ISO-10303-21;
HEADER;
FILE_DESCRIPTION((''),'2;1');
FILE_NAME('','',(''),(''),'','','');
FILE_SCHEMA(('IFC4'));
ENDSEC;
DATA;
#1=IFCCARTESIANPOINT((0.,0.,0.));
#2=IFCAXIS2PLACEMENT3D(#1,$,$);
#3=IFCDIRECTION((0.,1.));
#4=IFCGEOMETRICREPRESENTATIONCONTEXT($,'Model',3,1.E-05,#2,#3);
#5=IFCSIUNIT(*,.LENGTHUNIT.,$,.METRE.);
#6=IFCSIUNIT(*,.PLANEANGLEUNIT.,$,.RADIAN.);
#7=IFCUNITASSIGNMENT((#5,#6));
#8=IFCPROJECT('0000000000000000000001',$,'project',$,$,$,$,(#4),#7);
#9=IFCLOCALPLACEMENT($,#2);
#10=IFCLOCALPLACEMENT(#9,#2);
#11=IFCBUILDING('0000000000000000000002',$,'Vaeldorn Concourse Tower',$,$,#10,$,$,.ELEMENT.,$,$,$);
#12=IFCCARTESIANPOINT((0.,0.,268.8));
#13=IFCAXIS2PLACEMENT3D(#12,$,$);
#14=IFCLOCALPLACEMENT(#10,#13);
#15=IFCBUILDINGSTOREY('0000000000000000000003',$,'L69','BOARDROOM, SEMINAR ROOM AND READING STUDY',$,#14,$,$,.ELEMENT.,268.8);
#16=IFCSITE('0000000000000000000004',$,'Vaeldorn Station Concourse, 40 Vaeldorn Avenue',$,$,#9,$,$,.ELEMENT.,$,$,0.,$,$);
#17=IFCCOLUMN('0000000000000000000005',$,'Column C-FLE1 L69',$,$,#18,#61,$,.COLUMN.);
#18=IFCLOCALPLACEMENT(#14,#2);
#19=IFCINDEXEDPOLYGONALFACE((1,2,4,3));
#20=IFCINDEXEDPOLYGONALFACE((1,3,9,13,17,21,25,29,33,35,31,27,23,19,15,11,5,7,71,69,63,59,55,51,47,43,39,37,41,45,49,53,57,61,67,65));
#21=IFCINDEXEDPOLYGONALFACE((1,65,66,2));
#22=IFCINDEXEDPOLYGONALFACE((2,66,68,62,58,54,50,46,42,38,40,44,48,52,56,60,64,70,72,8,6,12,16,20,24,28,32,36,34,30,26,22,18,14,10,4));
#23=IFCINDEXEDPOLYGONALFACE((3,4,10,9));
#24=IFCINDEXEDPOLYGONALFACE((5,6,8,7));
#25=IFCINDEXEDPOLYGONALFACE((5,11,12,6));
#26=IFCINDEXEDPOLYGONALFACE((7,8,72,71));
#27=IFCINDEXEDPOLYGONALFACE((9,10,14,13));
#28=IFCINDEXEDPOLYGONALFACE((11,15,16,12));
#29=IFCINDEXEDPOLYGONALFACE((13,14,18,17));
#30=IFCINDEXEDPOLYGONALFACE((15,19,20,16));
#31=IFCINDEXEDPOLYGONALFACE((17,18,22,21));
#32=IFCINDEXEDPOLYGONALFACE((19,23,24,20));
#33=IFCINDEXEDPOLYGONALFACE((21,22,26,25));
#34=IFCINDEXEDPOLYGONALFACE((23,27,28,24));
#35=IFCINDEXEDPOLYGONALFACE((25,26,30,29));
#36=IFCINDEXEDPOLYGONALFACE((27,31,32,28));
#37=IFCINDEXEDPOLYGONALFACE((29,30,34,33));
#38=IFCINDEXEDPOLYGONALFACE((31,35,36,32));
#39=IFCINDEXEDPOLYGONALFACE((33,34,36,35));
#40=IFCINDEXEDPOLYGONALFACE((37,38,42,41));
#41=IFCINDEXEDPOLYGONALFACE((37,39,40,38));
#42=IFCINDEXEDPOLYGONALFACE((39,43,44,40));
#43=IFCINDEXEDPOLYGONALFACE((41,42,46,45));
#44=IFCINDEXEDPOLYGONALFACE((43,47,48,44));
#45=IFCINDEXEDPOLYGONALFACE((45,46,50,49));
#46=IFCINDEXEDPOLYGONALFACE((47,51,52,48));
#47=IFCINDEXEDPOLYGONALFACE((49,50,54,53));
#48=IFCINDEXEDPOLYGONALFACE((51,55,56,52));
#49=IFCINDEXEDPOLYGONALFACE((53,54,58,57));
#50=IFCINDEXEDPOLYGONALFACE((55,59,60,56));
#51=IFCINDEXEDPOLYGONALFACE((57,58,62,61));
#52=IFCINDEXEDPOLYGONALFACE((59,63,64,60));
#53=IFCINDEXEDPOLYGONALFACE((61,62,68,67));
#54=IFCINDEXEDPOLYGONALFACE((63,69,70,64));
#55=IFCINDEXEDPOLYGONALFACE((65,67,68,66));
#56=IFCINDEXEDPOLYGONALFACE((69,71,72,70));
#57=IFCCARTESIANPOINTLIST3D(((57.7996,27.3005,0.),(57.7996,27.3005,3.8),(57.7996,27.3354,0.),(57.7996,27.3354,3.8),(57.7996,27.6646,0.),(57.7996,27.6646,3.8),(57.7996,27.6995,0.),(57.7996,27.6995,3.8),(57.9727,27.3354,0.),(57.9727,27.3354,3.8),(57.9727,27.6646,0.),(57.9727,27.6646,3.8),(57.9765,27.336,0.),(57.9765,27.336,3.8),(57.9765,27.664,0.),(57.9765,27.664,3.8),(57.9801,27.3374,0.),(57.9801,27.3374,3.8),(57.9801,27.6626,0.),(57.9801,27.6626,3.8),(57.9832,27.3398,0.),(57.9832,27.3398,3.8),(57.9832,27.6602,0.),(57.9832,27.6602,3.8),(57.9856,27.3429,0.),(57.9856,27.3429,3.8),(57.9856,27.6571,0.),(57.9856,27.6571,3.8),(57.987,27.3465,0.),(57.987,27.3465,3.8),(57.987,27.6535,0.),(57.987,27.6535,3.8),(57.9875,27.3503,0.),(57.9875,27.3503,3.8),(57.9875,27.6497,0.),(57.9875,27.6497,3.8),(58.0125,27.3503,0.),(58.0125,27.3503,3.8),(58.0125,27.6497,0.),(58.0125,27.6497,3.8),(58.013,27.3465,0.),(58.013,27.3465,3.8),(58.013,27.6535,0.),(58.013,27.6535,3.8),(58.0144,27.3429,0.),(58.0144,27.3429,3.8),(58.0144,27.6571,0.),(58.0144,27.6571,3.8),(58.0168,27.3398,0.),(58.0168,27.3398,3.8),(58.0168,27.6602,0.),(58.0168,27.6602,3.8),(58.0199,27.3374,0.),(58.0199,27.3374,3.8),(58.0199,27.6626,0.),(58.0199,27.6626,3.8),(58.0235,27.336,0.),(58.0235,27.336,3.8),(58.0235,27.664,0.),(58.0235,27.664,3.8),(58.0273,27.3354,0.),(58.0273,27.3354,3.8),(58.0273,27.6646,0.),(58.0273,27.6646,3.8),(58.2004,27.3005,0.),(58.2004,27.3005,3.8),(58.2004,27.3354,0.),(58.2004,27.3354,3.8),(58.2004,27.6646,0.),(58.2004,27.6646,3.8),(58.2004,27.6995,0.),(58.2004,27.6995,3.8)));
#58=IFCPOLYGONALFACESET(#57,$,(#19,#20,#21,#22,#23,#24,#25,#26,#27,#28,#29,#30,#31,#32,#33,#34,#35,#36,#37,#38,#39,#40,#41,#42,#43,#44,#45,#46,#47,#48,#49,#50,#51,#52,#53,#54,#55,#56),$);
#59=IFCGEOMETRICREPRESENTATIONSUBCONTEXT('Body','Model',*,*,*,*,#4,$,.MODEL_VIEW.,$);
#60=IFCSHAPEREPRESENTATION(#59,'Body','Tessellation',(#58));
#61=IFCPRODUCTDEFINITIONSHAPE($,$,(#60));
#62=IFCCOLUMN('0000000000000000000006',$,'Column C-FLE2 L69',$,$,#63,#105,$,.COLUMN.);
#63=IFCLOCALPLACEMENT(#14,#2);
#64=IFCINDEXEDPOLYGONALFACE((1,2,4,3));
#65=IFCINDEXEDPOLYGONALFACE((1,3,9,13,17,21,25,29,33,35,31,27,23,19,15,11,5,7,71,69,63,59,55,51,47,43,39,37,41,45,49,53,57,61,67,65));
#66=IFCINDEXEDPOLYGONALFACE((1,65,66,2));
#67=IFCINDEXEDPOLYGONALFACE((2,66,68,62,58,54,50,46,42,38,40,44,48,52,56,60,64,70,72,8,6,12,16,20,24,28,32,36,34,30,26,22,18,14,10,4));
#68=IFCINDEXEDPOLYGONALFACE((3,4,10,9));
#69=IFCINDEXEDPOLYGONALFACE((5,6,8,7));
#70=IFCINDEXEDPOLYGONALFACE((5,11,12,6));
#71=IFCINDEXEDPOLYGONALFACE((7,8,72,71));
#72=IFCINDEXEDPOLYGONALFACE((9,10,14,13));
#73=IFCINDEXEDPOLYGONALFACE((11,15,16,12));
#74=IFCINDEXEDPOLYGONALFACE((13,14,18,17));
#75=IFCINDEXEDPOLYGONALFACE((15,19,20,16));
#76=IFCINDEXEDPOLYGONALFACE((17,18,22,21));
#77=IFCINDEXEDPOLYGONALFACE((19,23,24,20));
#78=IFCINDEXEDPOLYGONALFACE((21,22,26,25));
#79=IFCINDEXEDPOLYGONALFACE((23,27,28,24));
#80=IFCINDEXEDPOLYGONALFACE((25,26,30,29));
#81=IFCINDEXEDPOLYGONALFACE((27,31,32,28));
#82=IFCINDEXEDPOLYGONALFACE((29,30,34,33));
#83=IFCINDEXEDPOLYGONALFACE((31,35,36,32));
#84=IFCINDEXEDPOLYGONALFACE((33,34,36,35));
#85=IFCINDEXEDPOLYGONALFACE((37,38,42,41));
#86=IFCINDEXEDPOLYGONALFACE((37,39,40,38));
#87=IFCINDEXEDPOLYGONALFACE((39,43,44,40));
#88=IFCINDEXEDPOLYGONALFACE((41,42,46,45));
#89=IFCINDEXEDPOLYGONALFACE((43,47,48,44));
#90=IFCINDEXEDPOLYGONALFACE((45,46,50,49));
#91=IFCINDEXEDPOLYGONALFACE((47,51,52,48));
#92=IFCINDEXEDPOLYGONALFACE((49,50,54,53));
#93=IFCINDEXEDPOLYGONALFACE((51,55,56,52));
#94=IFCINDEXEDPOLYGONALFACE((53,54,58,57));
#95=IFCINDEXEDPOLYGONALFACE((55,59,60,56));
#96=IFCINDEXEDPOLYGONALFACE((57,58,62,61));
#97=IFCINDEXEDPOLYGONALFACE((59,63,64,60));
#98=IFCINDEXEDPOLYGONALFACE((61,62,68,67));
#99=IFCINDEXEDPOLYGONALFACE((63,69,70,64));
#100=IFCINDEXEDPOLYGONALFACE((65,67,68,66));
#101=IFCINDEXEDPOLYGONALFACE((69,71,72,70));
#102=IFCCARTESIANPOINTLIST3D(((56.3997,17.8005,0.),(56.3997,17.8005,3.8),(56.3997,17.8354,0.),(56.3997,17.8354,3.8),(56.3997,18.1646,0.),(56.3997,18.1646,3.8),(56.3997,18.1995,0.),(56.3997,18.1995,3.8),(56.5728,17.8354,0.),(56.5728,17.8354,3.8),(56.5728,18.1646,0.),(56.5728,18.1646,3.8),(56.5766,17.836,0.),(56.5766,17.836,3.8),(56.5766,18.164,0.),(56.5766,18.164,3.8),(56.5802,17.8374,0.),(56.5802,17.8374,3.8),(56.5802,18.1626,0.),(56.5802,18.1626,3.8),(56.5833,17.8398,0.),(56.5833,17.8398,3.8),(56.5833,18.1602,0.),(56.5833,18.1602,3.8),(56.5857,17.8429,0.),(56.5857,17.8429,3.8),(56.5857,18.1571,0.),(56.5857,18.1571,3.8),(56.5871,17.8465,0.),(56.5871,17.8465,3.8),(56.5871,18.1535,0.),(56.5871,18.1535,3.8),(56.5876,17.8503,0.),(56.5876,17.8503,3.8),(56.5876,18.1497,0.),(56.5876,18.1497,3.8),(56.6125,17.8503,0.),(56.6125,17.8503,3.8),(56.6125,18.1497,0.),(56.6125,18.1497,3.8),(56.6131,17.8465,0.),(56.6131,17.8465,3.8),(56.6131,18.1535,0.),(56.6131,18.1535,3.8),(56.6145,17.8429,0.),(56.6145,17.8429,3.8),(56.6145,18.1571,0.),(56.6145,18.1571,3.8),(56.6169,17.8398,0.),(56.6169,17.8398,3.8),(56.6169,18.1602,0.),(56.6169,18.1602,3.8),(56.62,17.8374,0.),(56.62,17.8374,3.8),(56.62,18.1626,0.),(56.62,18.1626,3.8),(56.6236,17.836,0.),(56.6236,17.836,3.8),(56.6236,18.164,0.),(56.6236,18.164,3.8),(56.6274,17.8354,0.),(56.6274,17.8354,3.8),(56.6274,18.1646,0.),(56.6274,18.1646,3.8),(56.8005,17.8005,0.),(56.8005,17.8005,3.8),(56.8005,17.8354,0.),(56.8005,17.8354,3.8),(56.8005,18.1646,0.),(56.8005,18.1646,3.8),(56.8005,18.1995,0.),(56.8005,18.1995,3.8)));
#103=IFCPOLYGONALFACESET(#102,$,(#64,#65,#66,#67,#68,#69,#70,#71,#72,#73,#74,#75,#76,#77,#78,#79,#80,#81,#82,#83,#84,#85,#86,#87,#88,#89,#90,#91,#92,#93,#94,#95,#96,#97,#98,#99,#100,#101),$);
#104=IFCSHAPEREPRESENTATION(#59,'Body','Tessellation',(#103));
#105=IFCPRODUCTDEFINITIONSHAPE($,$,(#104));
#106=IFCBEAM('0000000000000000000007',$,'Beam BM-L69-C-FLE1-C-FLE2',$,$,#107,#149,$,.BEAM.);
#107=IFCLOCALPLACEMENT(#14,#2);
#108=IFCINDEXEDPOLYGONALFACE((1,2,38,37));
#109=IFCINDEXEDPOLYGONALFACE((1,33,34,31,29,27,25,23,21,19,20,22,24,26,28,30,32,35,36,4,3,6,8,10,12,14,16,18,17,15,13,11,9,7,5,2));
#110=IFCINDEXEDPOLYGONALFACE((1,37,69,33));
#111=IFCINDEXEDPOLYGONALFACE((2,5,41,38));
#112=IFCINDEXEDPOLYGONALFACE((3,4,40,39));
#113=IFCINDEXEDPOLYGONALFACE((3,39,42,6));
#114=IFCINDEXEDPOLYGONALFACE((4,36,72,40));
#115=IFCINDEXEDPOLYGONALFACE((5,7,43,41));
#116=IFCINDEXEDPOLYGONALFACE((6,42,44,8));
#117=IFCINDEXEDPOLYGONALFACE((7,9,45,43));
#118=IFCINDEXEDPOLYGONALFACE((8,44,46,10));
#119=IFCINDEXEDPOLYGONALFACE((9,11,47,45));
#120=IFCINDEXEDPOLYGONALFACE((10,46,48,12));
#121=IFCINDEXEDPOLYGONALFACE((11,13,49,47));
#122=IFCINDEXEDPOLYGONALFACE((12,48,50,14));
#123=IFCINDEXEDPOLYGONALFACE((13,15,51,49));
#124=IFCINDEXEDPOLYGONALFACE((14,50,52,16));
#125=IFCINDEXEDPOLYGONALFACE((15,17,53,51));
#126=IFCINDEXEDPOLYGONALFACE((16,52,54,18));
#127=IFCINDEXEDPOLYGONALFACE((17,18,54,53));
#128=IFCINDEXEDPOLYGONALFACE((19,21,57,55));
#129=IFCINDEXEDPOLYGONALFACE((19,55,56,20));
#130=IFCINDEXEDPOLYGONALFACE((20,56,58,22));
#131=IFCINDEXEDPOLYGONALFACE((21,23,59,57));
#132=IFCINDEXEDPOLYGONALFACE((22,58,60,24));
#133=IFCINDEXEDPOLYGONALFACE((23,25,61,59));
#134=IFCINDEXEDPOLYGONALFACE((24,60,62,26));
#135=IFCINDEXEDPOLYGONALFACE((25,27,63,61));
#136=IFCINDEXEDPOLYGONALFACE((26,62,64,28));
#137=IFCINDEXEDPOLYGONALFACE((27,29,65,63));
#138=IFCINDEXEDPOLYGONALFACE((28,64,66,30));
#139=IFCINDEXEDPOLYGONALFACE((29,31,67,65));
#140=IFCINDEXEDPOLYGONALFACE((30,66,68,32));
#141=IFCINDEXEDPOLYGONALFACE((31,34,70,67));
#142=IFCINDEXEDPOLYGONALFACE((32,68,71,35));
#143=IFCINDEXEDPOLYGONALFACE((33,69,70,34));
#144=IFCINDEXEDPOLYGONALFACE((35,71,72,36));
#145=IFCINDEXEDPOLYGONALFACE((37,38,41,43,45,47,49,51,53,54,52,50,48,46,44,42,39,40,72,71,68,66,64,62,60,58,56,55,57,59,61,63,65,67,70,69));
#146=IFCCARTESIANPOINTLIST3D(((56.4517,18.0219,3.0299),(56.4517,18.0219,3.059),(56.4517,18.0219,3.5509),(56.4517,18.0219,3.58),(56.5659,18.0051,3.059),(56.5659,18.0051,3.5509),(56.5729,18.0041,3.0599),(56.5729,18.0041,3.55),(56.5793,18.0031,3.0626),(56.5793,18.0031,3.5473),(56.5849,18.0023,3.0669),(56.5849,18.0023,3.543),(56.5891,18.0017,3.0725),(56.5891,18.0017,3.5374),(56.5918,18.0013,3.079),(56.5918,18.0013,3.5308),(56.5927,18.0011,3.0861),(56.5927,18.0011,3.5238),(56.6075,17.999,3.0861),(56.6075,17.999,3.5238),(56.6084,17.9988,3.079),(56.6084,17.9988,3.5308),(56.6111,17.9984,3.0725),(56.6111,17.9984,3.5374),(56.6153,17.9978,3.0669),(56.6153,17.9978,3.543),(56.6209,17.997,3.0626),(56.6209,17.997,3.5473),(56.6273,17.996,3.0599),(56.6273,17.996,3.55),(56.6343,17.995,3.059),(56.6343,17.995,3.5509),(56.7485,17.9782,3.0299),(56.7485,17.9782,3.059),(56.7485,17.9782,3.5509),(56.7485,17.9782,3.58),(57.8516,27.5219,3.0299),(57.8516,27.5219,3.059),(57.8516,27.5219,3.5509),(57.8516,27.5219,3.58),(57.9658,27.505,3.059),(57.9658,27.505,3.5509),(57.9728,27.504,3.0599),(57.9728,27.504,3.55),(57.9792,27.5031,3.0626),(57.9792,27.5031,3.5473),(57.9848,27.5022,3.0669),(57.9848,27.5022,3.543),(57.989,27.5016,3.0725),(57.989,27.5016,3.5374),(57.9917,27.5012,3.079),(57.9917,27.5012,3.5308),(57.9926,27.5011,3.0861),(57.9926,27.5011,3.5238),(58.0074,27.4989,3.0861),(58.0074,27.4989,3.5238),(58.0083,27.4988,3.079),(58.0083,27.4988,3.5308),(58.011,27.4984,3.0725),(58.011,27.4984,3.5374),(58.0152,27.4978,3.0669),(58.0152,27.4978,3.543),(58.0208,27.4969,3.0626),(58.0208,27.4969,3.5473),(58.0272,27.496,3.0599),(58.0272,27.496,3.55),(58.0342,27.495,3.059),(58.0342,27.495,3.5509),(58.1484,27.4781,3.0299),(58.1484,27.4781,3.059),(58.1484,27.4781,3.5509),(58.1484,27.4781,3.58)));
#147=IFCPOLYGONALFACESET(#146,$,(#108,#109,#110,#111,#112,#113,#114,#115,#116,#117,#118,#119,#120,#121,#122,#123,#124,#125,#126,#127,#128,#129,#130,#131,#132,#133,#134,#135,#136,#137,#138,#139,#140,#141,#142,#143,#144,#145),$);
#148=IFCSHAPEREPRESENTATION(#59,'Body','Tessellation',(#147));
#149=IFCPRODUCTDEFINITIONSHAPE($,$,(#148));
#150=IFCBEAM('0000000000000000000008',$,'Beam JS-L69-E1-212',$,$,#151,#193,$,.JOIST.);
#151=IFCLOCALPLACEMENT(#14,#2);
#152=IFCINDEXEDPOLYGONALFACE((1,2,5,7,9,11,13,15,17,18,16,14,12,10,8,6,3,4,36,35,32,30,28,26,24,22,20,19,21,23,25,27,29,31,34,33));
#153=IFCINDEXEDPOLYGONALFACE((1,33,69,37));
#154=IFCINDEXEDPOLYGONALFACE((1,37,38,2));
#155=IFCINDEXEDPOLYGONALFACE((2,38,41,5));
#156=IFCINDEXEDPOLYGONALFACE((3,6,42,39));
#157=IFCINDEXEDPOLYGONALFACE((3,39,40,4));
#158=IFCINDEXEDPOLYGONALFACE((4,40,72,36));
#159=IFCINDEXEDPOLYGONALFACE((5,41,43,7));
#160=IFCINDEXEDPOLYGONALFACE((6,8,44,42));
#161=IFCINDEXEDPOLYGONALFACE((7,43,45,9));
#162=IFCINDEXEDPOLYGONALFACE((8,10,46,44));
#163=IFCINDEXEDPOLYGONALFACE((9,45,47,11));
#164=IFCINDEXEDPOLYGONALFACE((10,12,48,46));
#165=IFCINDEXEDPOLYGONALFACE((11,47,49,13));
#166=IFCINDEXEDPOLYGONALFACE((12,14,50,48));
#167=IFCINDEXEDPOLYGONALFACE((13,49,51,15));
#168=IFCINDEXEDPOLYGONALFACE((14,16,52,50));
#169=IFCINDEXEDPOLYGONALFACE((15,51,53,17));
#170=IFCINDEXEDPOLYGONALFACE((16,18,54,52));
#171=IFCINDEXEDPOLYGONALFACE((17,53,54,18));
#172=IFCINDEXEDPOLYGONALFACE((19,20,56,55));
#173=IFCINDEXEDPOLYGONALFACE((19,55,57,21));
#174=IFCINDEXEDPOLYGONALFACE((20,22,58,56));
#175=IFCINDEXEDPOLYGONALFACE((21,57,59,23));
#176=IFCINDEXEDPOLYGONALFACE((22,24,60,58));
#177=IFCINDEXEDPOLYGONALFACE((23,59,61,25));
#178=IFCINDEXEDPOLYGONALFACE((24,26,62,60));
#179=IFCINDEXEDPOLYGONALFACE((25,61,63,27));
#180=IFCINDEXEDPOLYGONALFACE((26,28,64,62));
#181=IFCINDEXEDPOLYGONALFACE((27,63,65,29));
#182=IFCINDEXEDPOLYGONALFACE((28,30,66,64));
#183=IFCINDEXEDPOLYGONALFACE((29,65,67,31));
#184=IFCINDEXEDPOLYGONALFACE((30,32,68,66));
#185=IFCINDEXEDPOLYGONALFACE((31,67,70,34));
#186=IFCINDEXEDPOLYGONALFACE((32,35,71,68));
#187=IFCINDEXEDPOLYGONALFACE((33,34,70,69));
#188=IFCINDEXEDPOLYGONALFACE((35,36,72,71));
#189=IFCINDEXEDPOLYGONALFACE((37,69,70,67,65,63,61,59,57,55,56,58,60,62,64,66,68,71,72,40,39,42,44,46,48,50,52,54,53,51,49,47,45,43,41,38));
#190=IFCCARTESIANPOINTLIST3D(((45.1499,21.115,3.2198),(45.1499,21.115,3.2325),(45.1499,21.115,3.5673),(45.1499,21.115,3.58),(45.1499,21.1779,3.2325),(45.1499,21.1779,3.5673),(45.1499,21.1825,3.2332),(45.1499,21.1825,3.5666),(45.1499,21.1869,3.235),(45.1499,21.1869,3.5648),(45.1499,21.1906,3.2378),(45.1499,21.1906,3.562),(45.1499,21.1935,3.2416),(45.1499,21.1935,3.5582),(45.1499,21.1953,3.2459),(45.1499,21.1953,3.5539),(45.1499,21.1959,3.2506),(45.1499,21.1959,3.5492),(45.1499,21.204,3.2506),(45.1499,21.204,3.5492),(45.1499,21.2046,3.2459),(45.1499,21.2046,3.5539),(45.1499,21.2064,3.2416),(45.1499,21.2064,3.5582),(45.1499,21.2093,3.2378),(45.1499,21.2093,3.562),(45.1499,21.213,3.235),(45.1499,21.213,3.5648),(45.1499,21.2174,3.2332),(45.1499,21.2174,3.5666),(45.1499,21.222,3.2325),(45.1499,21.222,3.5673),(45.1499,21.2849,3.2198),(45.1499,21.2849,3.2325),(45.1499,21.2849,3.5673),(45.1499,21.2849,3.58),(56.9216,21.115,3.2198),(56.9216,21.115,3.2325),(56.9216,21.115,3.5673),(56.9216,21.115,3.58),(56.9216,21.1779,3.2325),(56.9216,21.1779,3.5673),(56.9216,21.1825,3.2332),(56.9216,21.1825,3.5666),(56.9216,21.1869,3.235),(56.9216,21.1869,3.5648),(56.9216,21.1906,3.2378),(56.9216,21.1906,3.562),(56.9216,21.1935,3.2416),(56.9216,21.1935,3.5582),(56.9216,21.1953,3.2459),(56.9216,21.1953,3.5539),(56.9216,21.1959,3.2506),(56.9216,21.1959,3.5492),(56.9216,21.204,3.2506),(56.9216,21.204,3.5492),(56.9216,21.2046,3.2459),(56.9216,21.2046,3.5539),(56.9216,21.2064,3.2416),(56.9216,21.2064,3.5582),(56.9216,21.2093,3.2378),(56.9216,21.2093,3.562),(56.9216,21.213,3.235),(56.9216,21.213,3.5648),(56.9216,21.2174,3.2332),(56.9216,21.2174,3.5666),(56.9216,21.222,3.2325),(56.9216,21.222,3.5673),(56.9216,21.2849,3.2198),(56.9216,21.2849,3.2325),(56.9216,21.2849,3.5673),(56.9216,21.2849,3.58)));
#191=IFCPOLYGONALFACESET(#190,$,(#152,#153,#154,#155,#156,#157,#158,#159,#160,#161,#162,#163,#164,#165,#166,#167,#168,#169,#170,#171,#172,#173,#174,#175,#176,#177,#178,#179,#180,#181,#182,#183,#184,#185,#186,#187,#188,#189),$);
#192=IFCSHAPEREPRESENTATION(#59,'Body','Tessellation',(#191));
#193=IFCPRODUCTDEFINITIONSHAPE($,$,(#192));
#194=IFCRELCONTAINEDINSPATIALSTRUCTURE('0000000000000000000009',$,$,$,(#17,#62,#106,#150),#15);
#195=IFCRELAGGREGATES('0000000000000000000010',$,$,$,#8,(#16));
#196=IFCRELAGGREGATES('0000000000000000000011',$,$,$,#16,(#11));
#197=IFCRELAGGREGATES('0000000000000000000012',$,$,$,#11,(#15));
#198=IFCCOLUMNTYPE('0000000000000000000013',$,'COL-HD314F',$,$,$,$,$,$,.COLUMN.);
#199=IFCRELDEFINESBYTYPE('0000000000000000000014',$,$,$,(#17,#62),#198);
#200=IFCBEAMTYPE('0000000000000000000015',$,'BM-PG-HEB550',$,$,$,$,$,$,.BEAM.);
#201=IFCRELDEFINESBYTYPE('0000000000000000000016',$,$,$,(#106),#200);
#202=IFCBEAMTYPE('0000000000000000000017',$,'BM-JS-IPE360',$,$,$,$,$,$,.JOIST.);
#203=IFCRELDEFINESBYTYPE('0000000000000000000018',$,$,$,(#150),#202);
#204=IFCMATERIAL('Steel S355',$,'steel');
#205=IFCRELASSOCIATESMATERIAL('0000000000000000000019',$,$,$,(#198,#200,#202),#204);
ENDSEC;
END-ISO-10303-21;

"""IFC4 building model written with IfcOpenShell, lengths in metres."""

from ifc_helpers import new_model, si_unit, direction, frame, origin, origin_2d, place, context, subcontext, project, spatial, i_section, extrude, source, transform, mapped, material, material_profile, profile_set, type_object, element, save


model = new_model("IFC4")

# Units and contexts
model_context = context("Model", 3, precision=1e-05, world=origin(), true_north=direction((0.0, 1.0)))
body_context = subcontext(model_context, "Body", "Model", "MODEL_VIEW")
ifc_project = project(units=[si_unit("LENGTHUNIT", "METRE"), si_unit("PLANEANGLEUNIT", "RADIAN")], contexts=[model_context])

# Site, building, storey
site_placement = place(None, origin())
site = spatial("IfcSite", under=ifc_project, at=site_placement, Name="Vaeldorn Station Concourse, 40 Vaeldorn Avenue", CompositionType="ELEMENT", RefElevation=0.0)
building_placement = place(site_placement, origin())
building = spatial("IfcBuilding", under=site, at=building_placement, Name="Vaeldorn Concourse Tower", CompositionType="ELEMENT")
storey_placement = place(building_placement, frame((0.0, 0.0, 268.8)))
storey = spatial("IfcBuildingStorey", under=building, at=storey_placement, Name="L69", Description="BOARDROOM, SEMINAR ROOM AND READING STUDY", CompositionType="ELEMENT", Elevation=268.8)

# Columns
ifc_material_1 = material(Name="Steel S355", Category="steel")
ifc_material_profile_1 = material_profile(ifc_material_1, i_section(OverallWidth=0.4009, OverallDepth=0.3989, WebThickness=0.0249, FlangeThickness=0.0349, FilletRadius=0.0149, at=origin_2d()), Name="HD 400x314")
ifc_profile_set_1 = profile_set([ifc_material_profile_1], Name="Steel S355")
column_type = type_object("IfcColumnType", Name="COL-HD314F", PredefinedType="COLUMN", material=ifc_profile_set_1)
shared_shape_1 = source(origin(), body_context, "Body", "SweptSolid", [
    extrude(i_section(OverallWidth=0.4009, OverallDepth=0.3989, WebThickness=0.0249, FlangeThickness=0.0349, FilletRadius=0.0149, at=origin_2d()), origin(), (0.0, 0.0, 1.0), 3.8),
])
for number, where, z_axis, x_axis, name in (
    (1, (58.0, 27.5, 0.0), (0.0, 0.0, 1.0), (1.0, 0.0, 0.0), "Column C-FLE1 L69"),
    (2, (56.6001, 18.0, 0.0), (0.0, 0.0, 1.0), (1.0, 0.0, 0.0), "Column C-FLE2 L69"),
):
    element("IfcColumn", number, at=place(storey_placement, frame(where, z_axis=z_axis, x_axis=x_axis)), inside=storey, type_object=column_type, Name=name, PredefinedType="COLUMN", context=body_context, shape_type="MappedRepresentation", body=[
        mapped(shared_shape_1, transform((0.0, 0.0, 0.0), scale=1.0)),
    ])

# Beams
ifc_material_profile_2 = material_profile(ifc_material_1, i_section(OverallWidth=0.3, OverallDepth=0.55, WebThickness=0.0149, FlangeThickness=0.0291, FilletRadius=0.0271, at=origin_2d()), Name="HEB 550")
ifc_profile_set_2 = profile_set([ifc_material_profile_2], Name="Steel S355")
beam_type_1 = type_object("IfcBeamType", Name="BM-PG-HEB550", PredefinedType="BEAM", material=ifc_profile_set_2)
shared_shape_2 = source(origin(), body_context, "Body", "SweptSolid", [
    extrude(i_section(OverallWidth=0.3, OverallDepth=0.55, WebThickness=0.0149, FlangeThickness=0.0291, FilletRadius=0.0271, at=origin_2d()), origin(), (0.0, 0.0, 1.0), 9.6025),
])
beam_1_placement = place(storey_placement, frame((58.0, 27.5, 3.3049), z_axis=(-0.145784, -0.989316, 0.0), x_axis=(0.989316, -0.145784, 0.0)))
element("IfcBeam", 3, at=beam_1_placement, inside=storey, type_object=beam_type_1, Name="Beam BM-L69-C-FLE1-C-FLE2", PredefinedType="BEAM", context=body_context, shape_type="MappedRepresentation", body=[
    mapped(shared_shape_2, transform((0.0, 0.0, 0.0), scale=1.0)),
])
ifc_material_profile_3 = material_profile(ifc_material_1, i_section(OverallWidth=0.1699, OverallDepth=0.3601, WebThickness=0.0081, FlangeThickness=0.0127, FilletRadius=0.0181, at=origin_2d()), Name="IPE 360")
ifc_profile_set_3 = profile_set([ifc_material_profile_3], Name="Steel S355")
beam_type_2 = type_object("IfcBeamType", Name="BM-JS-IPE360", PredefinedType="JOIST", material=ifc_profile_set_3)
shared_shape_3 = source(origin(), body_context, "Body", "SweptSolid", [
    extrude(i_section(OverallWidth=0.1699, OverallDepth=0.3601, WebThickness=0.0081, FlangeThickness=0.0127, FilletRadius=0.0181, at=origin_2d()), origin(), (0.0, 0.0, 1.0), 11.7717),
])
beam_2_placement = place(storey_placement, frame((45.1499, 21.2, 3.3999), z_axis=(1.0, 0.0, 0.0), x_axis=(0.0, 1.0, 0.0)))
element("IfcBeam", 4, at=beam_2_placement, inside=storey, type_object=beam_type_2, Name="Beam JS-L69-E1-212", PredefinedType="JOIST", context=body_context, shape_type="MappedRepresentation", body=[
    mapped(shared_shape_3, transform((0.0, 0.0, 0.0), scale=1.0)),
])

save(model, "model.ifc")
